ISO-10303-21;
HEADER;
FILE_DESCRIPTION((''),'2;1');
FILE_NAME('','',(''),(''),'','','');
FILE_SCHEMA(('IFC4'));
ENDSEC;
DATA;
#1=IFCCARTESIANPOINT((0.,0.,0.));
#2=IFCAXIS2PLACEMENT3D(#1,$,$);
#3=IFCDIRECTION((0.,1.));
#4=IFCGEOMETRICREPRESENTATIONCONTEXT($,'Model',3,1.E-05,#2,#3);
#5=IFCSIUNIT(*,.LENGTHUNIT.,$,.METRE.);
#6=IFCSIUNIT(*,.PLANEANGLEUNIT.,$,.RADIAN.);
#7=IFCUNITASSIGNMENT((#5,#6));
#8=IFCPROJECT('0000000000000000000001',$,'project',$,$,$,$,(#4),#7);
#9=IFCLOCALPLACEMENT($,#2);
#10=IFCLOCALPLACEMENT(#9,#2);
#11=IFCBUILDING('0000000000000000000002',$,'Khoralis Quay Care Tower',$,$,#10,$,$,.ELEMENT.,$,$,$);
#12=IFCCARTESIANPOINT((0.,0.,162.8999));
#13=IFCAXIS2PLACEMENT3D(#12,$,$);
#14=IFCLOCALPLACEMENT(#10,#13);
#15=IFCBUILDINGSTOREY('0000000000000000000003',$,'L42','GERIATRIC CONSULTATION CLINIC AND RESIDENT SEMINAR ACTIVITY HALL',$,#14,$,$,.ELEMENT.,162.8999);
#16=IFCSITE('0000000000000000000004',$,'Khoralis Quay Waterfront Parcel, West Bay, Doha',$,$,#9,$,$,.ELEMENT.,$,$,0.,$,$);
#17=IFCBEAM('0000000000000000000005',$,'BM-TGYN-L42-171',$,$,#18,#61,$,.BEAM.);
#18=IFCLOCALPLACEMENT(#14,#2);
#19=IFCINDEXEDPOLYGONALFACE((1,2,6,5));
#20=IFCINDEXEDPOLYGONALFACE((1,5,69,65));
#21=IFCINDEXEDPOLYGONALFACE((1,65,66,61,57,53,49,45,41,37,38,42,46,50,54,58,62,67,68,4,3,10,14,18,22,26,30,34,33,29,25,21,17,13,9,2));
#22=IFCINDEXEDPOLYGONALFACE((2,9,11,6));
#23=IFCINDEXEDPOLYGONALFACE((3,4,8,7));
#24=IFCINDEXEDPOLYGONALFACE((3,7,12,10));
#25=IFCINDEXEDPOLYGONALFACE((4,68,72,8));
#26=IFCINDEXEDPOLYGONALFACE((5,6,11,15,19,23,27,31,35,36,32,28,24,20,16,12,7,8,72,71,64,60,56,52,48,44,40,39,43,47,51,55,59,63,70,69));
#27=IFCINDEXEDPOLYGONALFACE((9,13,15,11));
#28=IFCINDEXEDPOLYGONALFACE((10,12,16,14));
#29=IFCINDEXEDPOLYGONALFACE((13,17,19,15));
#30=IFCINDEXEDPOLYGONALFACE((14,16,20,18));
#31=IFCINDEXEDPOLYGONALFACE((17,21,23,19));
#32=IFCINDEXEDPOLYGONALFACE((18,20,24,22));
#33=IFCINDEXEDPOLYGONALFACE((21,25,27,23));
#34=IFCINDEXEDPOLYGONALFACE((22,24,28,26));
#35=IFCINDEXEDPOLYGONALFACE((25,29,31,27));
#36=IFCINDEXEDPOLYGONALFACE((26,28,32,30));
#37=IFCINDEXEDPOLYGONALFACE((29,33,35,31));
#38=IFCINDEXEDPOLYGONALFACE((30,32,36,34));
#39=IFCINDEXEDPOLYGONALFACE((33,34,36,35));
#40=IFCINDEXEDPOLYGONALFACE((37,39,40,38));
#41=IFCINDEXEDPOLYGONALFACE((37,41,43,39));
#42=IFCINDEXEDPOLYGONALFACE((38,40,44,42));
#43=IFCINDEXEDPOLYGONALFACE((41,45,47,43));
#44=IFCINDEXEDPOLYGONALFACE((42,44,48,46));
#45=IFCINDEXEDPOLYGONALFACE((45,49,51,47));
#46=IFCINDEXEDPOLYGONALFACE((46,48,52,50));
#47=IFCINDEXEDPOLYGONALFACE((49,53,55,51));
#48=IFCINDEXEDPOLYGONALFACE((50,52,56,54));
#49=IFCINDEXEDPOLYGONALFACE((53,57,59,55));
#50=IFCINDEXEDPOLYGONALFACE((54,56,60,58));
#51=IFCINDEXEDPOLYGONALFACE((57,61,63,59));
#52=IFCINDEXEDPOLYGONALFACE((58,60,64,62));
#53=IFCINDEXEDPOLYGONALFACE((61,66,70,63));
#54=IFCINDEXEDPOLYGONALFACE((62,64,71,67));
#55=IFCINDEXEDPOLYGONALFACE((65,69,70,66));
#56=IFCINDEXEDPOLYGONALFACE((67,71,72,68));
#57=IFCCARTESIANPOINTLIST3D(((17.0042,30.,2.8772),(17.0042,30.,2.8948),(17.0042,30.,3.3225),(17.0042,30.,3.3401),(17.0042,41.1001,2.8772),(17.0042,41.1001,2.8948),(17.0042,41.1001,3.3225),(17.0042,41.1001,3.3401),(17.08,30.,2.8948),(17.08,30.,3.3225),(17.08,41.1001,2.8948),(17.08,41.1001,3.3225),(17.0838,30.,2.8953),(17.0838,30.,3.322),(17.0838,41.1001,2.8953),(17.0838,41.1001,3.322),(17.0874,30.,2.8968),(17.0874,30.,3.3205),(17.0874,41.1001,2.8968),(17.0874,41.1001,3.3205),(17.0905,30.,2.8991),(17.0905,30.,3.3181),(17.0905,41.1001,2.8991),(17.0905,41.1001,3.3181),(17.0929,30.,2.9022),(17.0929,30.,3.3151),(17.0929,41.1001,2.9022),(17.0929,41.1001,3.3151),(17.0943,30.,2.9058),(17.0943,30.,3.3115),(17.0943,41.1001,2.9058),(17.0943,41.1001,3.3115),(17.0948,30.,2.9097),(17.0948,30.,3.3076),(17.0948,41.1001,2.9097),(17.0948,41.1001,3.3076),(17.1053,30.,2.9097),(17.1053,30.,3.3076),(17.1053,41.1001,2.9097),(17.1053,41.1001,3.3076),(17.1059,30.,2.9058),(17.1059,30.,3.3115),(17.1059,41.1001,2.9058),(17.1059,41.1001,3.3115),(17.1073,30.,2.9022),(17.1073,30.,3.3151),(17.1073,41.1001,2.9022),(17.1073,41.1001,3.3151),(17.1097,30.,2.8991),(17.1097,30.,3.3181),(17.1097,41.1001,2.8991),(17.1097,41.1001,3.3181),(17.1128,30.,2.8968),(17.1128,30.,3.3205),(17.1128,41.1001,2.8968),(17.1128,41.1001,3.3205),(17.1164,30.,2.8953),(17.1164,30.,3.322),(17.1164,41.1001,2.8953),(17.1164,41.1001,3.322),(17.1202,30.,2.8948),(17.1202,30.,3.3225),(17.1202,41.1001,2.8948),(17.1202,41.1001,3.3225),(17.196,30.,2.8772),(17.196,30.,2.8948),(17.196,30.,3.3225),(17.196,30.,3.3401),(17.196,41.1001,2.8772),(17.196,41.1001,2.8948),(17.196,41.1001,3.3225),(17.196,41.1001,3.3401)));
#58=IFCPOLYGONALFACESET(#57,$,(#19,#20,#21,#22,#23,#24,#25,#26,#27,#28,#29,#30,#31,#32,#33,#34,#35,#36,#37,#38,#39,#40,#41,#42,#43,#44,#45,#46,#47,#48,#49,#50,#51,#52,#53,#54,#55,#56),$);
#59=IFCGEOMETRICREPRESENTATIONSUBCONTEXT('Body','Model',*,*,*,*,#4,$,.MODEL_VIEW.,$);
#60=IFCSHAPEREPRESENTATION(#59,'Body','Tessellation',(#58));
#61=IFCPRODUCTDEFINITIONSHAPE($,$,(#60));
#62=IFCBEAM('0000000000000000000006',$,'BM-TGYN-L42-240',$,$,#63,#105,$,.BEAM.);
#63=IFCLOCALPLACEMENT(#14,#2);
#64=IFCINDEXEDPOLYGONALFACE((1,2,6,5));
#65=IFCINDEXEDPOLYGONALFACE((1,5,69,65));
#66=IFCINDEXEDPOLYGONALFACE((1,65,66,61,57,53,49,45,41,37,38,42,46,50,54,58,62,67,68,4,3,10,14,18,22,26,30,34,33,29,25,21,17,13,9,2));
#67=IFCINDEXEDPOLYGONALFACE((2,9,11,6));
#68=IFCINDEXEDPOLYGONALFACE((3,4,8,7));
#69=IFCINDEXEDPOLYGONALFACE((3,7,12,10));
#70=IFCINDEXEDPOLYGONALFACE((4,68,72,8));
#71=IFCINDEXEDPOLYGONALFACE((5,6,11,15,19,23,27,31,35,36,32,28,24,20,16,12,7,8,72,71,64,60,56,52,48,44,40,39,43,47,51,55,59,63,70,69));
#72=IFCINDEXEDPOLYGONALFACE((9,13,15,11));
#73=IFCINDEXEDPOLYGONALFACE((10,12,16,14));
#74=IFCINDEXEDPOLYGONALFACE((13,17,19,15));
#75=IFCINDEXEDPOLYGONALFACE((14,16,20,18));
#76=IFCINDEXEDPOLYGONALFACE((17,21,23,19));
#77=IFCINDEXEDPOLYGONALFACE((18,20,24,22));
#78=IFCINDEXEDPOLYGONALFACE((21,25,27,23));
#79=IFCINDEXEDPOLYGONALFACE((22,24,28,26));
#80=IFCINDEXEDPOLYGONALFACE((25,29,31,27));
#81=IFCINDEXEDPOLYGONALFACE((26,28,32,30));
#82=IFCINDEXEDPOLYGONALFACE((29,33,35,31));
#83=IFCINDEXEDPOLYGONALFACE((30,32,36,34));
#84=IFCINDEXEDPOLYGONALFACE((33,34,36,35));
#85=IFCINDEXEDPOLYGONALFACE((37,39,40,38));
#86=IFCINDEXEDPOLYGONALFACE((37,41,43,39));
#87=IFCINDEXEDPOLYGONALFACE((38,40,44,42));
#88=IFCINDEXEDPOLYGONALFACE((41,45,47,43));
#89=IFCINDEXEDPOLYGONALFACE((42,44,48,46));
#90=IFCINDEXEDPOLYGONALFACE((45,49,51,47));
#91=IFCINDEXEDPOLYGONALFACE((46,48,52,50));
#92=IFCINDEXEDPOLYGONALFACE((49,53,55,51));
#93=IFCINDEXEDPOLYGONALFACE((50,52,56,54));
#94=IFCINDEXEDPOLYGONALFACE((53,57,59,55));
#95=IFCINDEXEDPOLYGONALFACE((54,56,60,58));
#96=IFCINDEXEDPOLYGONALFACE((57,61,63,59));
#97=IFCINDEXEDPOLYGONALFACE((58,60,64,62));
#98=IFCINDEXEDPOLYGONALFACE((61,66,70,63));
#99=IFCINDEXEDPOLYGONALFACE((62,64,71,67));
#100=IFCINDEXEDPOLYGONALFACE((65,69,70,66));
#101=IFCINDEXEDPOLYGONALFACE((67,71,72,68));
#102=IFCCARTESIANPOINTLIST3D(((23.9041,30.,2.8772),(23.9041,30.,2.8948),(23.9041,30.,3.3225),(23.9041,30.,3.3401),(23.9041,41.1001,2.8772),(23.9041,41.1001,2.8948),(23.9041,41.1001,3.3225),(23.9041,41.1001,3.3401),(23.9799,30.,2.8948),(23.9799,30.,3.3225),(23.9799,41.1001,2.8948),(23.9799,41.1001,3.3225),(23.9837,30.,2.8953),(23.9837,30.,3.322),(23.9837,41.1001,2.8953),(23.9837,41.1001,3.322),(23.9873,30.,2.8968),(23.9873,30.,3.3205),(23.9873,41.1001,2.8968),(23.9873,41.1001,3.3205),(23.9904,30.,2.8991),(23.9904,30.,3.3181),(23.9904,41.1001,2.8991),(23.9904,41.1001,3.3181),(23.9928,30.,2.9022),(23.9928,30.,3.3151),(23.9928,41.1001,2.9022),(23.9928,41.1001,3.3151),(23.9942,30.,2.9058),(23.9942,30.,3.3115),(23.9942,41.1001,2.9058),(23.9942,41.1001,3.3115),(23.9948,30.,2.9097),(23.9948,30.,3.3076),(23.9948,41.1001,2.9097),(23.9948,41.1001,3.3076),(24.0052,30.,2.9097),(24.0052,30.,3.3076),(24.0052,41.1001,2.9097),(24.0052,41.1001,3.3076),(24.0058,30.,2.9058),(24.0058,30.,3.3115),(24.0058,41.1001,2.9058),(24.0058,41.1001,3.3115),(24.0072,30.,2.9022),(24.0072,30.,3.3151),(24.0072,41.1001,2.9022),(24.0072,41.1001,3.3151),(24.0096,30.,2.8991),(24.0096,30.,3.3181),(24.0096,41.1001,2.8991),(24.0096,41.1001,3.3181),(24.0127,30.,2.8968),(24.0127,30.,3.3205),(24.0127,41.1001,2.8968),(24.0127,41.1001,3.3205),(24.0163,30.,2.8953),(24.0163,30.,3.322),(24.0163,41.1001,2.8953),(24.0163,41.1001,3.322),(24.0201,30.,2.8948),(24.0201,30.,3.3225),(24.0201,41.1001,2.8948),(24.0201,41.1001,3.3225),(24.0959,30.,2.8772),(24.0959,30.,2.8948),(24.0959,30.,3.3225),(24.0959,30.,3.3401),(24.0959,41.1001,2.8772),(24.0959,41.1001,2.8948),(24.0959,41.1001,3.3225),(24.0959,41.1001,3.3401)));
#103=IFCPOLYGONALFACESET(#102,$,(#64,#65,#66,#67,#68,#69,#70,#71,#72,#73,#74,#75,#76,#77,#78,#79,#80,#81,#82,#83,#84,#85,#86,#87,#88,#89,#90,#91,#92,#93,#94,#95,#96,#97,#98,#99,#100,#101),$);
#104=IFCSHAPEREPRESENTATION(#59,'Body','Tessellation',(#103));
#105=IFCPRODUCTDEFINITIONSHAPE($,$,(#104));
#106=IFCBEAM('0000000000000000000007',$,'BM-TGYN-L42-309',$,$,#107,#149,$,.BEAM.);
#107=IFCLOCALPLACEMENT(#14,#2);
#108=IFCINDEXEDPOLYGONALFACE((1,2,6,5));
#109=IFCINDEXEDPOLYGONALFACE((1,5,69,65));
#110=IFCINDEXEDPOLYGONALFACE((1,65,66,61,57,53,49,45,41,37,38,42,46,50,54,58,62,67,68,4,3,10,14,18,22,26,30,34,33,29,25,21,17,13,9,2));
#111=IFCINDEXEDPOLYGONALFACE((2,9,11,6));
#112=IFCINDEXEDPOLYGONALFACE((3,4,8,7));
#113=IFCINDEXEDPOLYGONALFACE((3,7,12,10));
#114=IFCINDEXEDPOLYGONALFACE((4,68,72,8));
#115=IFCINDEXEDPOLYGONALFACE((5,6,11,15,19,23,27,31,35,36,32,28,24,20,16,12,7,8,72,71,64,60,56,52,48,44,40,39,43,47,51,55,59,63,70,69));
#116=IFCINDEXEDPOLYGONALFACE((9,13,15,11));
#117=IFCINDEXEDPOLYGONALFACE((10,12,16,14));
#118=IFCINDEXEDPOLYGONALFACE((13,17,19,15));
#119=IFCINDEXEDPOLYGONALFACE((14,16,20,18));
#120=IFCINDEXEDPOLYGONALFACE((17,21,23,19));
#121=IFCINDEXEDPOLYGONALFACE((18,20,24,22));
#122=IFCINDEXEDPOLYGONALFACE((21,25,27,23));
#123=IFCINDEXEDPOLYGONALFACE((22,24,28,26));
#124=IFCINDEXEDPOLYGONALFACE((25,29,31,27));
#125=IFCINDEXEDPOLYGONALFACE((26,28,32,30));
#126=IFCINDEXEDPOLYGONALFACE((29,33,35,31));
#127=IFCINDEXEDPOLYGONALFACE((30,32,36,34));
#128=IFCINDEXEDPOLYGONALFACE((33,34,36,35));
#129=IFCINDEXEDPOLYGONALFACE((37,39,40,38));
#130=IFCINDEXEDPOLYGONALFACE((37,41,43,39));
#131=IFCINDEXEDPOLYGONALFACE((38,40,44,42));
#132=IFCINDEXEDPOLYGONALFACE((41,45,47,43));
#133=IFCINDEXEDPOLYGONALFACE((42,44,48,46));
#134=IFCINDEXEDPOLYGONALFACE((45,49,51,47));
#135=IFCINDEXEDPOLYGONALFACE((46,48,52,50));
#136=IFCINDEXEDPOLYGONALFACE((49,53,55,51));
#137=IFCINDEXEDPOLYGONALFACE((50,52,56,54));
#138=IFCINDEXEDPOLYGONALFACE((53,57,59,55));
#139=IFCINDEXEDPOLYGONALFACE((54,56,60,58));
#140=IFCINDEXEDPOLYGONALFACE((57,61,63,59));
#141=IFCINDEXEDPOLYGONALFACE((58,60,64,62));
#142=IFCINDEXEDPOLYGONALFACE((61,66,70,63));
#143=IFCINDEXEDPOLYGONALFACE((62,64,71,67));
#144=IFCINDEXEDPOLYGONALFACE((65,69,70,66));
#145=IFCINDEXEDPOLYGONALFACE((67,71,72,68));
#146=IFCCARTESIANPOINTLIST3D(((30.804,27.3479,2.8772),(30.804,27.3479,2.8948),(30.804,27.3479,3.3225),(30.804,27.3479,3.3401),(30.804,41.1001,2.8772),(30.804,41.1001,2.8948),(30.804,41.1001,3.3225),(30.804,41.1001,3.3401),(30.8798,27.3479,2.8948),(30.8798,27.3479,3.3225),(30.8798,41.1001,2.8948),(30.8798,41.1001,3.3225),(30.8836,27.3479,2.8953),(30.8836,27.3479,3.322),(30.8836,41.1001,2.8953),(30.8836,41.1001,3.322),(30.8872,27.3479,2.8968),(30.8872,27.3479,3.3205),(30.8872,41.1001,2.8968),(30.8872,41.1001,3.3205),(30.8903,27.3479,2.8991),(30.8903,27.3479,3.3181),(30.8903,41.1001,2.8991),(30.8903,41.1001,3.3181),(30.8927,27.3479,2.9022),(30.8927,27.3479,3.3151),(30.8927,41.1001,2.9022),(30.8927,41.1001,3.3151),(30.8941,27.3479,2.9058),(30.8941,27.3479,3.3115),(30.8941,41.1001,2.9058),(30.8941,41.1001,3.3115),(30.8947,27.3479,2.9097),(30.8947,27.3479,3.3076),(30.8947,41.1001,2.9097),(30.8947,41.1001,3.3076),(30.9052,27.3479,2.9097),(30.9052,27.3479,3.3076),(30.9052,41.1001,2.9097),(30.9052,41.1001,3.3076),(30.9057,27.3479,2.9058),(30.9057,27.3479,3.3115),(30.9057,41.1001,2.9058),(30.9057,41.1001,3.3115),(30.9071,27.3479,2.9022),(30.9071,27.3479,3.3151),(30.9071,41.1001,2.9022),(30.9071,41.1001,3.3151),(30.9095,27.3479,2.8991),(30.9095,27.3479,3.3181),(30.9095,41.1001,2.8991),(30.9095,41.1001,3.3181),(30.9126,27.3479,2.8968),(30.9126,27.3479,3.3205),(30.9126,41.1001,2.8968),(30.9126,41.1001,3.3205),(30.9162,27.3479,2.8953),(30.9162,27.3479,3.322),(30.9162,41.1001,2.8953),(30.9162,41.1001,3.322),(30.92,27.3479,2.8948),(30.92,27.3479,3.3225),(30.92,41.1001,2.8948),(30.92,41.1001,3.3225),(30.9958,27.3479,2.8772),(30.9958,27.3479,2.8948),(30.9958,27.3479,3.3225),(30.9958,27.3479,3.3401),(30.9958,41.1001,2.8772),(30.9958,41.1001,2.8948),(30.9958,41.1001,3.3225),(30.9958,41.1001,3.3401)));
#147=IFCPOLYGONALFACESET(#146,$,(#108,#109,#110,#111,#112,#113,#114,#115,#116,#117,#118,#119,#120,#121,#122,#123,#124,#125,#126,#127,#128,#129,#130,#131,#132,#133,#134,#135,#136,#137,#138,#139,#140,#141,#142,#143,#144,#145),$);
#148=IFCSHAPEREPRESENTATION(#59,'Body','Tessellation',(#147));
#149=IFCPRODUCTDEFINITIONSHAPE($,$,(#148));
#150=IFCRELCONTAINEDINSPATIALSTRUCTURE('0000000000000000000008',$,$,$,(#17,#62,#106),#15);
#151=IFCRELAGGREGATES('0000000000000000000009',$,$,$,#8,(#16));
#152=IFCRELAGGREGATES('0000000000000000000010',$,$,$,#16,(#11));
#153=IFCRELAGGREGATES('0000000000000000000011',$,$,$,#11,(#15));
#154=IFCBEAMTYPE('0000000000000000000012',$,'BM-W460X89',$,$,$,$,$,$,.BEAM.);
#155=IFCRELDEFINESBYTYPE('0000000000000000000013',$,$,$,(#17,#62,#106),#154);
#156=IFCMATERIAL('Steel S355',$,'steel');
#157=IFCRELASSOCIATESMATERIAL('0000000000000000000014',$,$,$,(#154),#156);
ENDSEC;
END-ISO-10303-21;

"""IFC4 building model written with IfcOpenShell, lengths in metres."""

from ifc_helpers import new_model, si_unit, direction, frame, origin, origin_2d, place, context, subcontext, project, spatial, i_section, extrude, source, transform, mapped, material, material_profile, profile_set, type_object, element, save


model = new_model("IFC4")

# Units and contexts
model_context = context("Model", 3, precision=1e-05, world=origin(), true_north=direction((0.0, 1.0)))
body_context = subcontext(model_context, "Body", "Model", "MODEL_VIEW")
ifc_project = project(units=[si_unit("LENGTHUNIT", "METRE"), si_unit("PLANEANGLEUNIT", "RADIAN")], contexts=[model_context])

# Site, building, storey
site_placement = place(None, origin())
site = spatial("IfcSite", under=ifc_project, at=site_placement, Name="Khoralis Quay Waterfront Parcel, West Bay, Doha", CompositionType="ELEMENT", RefElevation=0.0)
building_placement = place(site_placement, origin())
building = spatial("IfcBuilding", under=site, at=building_placement, Name="Khoralis Quay Care Tower", CompositionType="ELEMENT")
storey_placement = place(building_placement, frame((0.0, 0.0, 162.8999)))
storey = spatial("IfcBuildingStorey", under=building, at=storey_placement, Name="L42", Description="GERIATRIC CONSULTATION CLINIC AND RESIDENT SEMINAR ACTIVITY HALL", CompositionType="ELEMENT", Elevation=162.8999)

# Beams
ifc_material_1 = material(Name="Steel S355", Category="steel")
ifc_material_profile_1 = material_profile(ifc_material_1, i_section(OverallWidth=0.1919, OverallDepth=0.4629, WebThickness=0.0105, FlangeThickness=0.0176, FilletRadius=0.0149, at=origin_2d()), Name="Steel S355")
ifc_profile_set_1 = profile_set([ifc_material_profile_1], Name="Steel S355")
beam_type_1 = type_object("IfcBeamType", Name="BM-W460X89", PredefinedType="BEAM", material=ifc_profile_set_1)
shared_shape_1 = source(origin(), body_context, "Body", "SweptSolid", [
    extrude(i_section(OverallWidth=0.1919, OverallDepth=0.4629, WebThickness=0.0105, FlangeThickness=0.0176, FilletRadius=0.0149, at=origin_2d()), origin(), (0.0, 0.0, 1.0), 11.1001),
])
for number, where, z_axis, x_axis, name in (
    (1, (17.1001, 30.0, 3.1086), (0.0, 1.0, 0.0), (-1.0, 0.0, 0.0), "BM-TGYN-L42-171"),
    (2, (24.0, 30.0, 3.1086), (0.0, 1.0, 0.0), (-1.0, 0.0, 0.0), "BM-TGYN-L42-240"),
):
    element("IfcBeam", number, at=place(storey_placement, frame(where, z_axis=z_axis, x_axis=x_axis)), inside=storey, type_object=beam_type_1, Name=name, PredefinedType="BEAM", context=body_context, shape_type="MappedRepresentation", body=[
        mapped(shared_shape_1, transform((0.0, 0.0, 0.0), scale=1.0)),
    ])
shared_shape_2 = source(origin(), body_context, "Body", "SweptSolid", [
    extrude(i_section(OverallWidth=0.1919, OverallDepth=0.4629, WebThickness=0.0105, FlangeThickness=0.0176, FilletRadius=0.0149, at=origin_2d()), origin(), (0.0, 0.0, 1.0), 13.7522),
])
beam_1_placement = place(storey_placement, frame((30.8999, 27.3479, 3.1086), z_axis=(0.0, 1.0, 0.0), x_axis=(-1.0, 0.0, 0.0)))
element("IfcBeam", 3, at=beam_1_placement, inside=storey, type_object=beam_type_1, Name="BM-TGYN-L42-309", PredefinedType="BEAM", context=body_context, shape_type="MappedRepresentation", body=[
    mapped(shared_shape_2, transform((0.0, 0.0, 0.0), scale=1.0)),
])

save(model, "model.ifc")
